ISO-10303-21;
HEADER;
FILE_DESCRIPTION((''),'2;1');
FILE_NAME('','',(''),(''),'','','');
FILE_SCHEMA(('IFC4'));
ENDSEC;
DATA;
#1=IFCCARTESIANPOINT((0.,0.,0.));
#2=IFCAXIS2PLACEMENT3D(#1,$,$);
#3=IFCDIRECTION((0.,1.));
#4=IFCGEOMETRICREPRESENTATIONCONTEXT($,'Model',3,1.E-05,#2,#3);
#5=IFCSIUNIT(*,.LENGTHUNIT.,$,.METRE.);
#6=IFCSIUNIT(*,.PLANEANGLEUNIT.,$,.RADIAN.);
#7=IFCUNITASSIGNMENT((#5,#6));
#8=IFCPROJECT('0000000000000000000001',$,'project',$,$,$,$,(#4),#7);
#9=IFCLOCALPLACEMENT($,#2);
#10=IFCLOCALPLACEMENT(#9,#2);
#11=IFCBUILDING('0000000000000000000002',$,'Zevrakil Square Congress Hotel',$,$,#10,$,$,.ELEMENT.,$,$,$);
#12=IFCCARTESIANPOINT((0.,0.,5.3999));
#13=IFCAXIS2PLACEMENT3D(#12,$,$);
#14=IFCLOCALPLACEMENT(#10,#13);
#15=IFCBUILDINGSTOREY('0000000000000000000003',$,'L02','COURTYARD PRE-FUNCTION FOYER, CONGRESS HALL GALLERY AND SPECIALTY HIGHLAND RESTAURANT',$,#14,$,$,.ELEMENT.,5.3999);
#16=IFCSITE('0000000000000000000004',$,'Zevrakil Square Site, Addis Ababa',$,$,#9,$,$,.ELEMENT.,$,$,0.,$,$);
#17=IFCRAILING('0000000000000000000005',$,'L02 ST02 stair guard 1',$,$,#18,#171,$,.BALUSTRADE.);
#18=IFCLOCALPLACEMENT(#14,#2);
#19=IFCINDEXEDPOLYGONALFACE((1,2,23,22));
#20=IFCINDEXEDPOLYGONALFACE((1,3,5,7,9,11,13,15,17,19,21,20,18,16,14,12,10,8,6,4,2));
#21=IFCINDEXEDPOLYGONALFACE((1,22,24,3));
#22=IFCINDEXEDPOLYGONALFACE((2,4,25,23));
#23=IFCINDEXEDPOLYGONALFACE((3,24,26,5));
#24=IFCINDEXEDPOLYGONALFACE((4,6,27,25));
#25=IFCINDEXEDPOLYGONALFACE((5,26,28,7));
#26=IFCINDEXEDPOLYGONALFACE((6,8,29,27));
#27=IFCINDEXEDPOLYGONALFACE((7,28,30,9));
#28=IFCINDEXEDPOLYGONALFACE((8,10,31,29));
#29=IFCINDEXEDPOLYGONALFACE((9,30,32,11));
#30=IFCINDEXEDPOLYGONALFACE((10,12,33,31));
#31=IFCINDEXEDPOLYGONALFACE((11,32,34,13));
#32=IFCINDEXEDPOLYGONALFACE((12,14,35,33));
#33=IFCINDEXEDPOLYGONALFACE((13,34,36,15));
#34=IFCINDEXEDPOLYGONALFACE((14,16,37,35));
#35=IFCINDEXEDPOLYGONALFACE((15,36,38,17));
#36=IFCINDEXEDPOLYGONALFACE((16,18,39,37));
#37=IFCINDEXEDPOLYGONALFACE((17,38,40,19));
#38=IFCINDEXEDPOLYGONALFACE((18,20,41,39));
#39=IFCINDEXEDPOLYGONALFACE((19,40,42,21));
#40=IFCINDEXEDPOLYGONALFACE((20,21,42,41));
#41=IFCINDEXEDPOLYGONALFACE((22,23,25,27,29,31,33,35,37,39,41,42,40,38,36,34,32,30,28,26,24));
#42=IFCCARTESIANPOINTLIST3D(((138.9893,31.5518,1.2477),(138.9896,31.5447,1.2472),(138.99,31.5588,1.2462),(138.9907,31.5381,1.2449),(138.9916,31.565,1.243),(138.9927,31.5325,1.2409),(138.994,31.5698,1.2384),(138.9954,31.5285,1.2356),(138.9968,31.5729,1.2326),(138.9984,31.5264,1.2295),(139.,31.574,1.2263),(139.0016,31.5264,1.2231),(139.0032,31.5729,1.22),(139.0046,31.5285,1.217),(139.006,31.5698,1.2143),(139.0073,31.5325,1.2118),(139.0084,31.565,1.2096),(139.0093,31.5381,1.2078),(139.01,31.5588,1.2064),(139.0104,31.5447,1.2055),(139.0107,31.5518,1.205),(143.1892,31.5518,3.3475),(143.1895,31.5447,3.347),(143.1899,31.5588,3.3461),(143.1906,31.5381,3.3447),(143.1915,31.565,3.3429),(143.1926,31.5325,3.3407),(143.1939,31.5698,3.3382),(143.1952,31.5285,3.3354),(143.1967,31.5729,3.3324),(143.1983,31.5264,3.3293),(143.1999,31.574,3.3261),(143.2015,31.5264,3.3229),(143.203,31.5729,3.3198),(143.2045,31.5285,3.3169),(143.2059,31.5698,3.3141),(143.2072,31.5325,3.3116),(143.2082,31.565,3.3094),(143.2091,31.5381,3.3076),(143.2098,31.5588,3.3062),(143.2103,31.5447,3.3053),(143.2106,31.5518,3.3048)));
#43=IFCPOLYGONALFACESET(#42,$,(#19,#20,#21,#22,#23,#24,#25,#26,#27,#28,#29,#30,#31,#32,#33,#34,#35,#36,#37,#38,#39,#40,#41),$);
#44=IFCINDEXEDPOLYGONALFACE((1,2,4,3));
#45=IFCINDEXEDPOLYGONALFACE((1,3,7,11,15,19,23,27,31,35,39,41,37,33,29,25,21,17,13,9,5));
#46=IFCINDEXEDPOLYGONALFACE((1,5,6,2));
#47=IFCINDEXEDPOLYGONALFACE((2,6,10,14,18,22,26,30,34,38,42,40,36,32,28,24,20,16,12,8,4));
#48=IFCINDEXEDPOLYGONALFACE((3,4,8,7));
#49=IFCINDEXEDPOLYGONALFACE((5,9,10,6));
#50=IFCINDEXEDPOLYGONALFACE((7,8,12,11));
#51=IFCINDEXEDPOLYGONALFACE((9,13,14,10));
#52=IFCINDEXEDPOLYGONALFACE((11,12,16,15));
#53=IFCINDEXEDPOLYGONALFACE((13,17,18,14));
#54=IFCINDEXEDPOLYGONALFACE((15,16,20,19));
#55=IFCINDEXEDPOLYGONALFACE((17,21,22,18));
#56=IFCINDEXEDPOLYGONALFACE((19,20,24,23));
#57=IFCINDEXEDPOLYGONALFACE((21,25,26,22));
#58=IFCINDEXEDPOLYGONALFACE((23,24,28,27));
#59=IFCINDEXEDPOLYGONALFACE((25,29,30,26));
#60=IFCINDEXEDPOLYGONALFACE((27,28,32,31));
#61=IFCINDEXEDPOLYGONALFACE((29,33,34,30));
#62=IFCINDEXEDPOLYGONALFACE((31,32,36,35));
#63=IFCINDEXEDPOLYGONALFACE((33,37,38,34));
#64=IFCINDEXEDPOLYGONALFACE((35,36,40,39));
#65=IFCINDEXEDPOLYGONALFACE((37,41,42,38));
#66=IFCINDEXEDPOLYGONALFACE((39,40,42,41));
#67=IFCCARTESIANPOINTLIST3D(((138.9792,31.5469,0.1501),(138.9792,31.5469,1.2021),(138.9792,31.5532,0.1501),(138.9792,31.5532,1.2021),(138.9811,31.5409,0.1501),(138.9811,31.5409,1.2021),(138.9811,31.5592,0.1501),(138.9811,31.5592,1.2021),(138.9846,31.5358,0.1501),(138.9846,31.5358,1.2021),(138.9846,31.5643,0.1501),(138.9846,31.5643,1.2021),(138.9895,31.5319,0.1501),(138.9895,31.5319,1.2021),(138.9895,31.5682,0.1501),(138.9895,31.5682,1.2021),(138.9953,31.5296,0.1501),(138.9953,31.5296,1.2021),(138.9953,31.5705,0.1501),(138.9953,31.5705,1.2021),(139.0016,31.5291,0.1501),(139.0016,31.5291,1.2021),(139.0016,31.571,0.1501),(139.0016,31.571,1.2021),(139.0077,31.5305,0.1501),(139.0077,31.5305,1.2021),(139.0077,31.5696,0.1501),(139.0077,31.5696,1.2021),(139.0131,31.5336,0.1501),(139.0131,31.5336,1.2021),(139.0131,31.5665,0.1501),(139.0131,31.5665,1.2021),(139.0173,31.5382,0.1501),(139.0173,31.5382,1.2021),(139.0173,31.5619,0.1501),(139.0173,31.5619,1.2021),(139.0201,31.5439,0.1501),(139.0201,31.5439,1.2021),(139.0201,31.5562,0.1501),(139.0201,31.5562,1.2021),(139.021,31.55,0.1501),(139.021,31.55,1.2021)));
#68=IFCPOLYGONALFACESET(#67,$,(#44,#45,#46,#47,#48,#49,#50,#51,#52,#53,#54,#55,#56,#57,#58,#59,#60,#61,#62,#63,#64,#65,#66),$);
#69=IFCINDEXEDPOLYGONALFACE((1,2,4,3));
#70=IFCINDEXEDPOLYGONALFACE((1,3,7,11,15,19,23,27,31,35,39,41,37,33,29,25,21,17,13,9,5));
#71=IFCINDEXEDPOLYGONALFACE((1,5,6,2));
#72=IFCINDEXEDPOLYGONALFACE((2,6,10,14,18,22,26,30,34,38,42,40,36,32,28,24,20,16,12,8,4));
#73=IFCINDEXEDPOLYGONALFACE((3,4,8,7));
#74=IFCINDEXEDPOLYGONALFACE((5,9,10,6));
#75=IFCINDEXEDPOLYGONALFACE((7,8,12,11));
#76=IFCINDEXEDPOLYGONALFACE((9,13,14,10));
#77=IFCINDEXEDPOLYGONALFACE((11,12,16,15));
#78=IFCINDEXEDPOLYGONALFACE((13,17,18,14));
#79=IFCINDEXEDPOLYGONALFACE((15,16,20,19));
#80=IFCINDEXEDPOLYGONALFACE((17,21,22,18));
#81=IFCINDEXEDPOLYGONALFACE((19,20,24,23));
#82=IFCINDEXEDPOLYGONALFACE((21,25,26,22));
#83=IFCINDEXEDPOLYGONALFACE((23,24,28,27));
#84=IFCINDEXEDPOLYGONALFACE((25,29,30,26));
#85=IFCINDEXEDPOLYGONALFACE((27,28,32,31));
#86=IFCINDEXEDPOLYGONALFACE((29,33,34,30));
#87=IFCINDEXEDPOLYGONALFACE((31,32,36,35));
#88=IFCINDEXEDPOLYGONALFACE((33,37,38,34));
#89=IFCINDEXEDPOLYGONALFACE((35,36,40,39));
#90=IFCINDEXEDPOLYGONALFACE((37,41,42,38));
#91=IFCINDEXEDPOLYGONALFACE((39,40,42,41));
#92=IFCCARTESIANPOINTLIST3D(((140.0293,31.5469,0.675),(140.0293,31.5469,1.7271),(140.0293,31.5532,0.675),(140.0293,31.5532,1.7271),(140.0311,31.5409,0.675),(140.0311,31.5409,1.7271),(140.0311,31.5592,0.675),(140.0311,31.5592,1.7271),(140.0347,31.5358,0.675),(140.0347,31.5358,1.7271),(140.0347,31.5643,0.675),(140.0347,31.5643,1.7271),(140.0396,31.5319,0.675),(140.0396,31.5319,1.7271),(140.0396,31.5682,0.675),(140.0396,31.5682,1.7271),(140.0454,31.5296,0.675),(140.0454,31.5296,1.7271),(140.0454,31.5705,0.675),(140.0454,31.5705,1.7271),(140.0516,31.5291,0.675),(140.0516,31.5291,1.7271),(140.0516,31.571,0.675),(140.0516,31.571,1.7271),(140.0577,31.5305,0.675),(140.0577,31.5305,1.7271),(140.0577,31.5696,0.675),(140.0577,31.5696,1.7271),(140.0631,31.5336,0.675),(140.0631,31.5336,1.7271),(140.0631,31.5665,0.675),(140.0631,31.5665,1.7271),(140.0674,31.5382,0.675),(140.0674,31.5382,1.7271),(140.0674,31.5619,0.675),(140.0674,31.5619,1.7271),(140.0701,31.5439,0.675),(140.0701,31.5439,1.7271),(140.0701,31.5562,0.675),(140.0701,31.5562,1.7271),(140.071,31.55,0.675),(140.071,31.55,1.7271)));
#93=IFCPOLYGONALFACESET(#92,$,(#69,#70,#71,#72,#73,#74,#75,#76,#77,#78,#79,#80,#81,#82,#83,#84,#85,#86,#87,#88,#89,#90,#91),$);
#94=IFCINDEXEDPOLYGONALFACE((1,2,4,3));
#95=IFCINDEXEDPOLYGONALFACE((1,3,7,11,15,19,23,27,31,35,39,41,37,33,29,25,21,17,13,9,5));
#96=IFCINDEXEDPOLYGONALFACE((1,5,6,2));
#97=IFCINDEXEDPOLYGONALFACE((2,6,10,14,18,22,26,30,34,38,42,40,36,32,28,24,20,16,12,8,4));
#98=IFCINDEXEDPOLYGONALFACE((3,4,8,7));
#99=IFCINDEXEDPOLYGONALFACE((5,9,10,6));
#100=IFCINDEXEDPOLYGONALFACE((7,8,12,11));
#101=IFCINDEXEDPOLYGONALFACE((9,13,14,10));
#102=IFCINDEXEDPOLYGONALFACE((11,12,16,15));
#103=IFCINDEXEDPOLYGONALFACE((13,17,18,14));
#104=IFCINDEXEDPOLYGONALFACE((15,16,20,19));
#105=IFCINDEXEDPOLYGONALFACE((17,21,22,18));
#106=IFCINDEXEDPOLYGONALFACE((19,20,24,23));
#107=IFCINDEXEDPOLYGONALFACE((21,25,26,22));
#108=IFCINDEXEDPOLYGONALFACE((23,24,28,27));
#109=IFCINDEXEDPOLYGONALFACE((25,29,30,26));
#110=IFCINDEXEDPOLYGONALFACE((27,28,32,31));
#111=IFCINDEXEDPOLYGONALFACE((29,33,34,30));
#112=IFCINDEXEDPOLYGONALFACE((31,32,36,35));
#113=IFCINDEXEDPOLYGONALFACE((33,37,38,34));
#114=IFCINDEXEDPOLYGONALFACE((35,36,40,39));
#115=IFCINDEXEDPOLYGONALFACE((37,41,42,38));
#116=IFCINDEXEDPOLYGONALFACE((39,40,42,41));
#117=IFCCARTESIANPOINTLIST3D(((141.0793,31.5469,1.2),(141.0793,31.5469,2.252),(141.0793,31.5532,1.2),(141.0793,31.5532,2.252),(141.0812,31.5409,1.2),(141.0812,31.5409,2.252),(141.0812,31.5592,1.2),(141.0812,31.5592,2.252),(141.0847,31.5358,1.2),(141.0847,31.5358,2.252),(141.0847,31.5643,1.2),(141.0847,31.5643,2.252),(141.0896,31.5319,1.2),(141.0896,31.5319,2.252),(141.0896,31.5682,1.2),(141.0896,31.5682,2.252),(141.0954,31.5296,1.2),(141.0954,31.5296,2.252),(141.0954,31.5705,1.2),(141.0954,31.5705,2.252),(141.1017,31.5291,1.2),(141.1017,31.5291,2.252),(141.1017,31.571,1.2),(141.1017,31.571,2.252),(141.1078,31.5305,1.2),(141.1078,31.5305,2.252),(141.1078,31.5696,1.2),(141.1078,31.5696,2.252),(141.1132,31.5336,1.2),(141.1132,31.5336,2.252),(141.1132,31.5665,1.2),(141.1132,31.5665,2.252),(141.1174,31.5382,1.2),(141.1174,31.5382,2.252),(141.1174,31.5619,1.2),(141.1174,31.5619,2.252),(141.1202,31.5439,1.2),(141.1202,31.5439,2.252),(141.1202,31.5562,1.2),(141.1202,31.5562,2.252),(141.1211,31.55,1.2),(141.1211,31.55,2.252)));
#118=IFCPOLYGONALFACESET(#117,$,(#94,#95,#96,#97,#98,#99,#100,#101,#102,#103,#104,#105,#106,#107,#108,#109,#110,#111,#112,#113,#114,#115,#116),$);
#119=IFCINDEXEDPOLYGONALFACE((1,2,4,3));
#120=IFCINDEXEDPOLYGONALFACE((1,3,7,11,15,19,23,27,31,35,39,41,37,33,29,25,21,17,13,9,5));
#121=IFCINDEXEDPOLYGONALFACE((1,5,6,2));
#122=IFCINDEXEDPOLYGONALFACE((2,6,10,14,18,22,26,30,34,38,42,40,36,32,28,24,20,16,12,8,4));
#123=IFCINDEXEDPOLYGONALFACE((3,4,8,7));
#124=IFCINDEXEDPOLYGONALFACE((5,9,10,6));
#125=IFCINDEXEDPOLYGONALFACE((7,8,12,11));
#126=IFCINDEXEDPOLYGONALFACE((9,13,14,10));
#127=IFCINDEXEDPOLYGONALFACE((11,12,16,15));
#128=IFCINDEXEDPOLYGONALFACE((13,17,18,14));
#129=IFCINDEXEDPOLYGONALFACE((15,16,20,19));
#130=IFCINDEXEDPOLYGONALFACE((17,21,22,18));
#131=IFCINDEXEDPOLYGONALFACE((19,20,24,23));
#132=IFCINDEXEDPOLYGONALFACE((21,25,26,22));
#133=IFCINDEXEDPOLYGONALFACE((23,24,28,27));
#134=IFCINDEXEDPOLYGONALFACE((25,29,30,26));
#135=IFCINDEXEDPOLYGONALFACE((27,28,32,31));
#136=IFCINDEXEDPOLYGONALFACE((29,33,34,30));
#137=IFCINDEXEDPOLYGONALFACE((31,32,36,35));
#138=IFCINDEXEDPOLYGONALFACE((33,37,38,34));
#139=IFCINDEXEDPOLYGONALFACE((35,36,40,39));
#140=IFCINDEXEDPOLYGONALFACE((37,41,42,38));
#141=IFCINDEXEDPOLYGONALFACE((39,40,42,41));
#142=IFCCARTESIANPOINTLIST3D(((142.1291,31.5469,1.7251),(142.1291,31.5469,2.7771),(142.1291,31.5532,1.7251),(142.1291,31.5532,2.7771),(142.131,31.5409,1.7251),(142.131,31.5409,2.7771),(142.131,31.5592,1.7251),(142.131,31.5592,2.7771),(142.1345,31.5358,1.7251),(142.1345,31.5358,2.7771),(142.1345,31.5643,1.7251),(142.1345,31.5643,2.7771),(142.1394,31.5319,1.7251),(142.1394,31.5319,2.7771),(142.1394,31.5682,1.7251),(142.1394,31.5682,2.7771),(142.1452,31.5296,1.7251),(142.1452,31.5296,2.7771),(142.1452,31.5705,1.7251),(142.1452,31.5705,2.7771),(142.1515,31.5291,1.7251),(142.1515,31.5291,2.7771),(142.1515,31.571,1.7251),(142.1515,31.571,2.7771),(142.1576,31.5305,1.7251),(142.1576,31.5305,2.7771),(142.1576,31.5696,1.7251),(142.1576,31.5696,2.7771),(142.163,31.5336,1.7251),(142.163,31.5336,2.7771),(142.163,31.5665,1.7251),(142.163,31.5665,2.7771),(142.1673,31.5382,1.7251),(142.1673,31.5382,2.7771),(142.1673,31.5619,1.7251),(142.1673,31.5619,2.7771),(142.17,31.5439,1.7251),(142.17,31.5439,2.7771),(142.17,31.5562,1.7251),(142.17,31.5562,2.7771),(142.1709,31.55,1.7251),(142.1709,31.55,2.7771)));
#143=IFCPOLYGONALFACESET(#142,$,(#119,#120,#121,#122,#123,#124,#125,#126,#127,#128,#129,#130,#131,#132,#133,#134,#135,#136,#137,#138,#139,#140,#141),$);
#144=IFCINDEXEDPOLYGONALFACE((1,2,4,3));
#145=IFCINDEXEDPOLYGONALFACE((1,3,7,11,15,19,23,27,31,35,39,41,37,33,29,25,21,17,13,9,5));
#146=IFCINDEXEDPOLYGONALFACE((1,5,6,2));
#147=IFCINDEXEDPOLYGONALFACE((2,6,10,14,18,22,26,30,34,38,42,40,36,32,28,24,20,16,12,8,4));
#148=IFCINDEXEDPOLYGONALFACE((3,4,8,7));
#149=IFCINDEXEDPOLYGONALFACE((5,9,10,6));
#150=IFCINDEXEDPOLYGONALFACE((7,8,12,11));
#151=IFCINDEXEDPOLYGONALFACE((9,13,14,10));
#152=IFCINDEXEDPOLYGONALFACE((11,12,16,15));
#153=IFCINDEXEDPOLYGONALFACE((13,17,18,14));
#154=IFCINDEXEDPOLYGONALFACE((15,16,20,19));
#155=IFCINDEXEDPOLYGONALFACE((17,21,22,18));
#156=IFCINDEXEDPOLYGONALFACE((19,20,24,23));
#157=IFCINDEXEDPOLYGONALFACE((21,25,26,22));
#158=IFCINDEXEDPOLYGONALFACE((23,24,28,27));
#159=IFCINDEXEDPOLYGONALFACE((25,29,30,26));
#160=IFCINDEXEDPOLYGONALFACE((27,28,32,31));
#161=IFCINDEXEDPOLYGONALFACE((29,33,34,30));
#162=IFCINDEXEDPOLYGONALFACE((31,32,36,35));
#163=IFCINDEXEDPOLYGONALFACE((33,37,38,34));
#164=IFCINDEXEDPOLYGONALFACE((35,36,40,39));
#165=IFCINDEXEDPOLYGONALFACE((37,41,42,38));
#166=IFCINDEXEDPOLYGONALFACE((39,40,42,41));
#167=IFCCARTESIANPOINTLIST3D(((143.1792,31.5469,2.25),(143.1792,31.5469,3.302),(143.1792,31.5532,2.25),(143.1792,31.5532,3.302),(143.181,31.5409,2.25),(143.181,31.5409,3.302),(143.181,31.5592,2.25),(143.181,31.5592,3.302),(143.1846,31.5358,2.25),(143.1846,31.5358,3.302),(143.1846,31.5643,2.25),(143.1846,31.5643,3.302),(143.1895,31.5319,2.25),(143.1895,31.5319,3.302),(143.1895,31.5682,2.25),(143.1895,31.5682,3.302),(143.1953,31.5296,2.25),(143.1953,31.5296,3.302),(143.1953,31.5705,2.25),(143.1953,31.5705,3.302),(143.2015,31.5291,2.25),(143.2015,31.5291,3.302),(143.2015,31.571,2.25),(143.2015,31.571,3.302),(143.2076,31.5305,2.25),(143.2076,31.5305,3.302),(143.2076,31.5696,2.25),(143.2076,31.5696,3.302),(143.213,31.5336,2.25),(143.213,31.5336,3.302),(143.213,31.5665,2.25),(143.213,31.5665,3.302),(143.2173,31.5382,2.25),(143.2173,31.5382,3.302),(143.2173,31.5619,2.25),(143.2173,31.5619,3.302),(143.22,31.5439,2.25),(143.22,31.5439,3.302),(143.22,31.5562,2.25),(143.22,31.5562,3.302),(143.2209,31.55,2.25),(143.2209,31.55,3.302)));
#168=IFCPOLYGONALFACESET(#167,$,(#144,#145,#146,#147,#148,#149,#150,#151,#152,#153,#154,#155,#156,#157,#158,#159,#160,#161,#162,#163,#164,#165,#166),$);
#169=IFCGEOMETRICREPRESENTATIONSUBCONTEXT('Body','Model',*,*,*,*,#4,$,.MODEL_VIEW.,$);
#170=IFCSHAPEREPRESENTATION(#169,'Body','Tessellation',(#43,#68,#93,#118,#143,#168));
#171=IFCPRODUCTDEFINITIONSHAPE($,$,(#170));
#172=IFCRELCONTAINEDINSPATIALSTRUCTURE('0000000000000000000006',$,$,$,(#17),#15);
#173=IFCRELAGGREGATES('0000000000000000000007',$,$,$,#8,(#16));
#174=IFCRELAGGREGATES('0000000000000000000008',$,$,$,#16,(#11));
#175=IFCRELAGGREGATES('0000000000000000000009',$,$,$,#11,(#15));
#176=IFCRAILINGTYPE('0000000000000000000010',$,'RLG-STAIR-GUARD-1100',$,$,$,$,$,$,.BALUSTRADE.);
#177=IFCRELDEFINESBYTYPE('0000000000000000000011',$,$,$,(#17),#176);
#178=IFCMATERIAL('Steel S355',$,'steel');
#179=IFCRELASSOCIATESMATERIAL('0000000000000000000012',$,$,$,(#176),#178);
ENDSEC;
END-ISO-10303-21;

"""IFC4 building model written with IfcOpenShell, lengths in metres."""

from ifc_helpers import new_model, si_unit, direction, frame, origin, origin_2d, place, context, subcontext, project, spatial, circle, extrude, material, type_object, element, save


model = new_model("IFC4")

# Units and contexts
model_context = context("Model", 3, precision=1e-05, world=origin(), true_north=direction((0.0, 1.0)))
body_context = subcontext(model_context, "Body", "Model", "MODEL_VIEW")
ifc_project = project(units=[si_unit("LENGTHUNIT", "METRE"), si_unit("PLANEANGLEUNIT", "RADIAN")], contexts=[model_context])

# Site, building, storey
site_placement = place(None, origin())
site = spatial("IfcSite", under=ifc_project, at=site_placement, Name="Zevrakil Square Site, Addis Ababa", CompositionType="ELEMENT", RefElevation=0.0)
building_placement = place(site_placement, origin())
building = spatial("IfcBuilding", under=site, at=building_placement, Name="Zevrakil Square Congress Hotel", CompositionType="ELEMENT")
storey_placement = place(building_placement, frame((0.0, 0.0, 5.3999)))
storey = spatial("IfcBuildingStorey", under=building, at=storey_placement, Name="L02", Description="COURTYARD PRE-FUNCTION FOYER, CONGRESS HALL GALLERY AND SPECIALTY HIGHLAND RESTAURANT", CompositionType="ELEMENT", Elevation=5.3999)

# Railing
ifc_material_1 = material(Name="Steel S355", Category="steel")
railing_type_1 = type_object("IfcRailingType", Name="RLG-STAIR-GUARD-1100", PredefinedType="BALUSTRADE", material=ifc_material_1)
railing_1_placement = place(storey_placement, frame((139.0, 31.55, 0.1501)))
element("IfcRailing", 1, at=railing_1_placement, inside=storey, type_object=railing_type_1, Name="L02 ST02 stair guard 1", PredefinedType="BALUSTRADE", context=body_context, shape_type="SweptSolid", body=[
    extrude(circle(Radius=0.0239, at=origin_2d()), frame((0.0, 0.0, 1.0762), z_axis=(0.894438, 0.0, 0.447193), x_axis=(0.0, 1.0, 0.0)), (0.0, 0.0, 1.0), 4.6956),
    extrude(circle(Radius=0.021, at=origin_2d()), origin(), (0.0, 0.0, 1.0), 1.052),
    extrude(circle(Radius=0.021, at=origin_2d()), frame((1.05, 0.0, 0.5249)), (0.0, 0.0, 1.0), 1.052),
    extrude(circle(Radius=0.021, at=origin_2d()), frame((2.1001, 0.0, 1.0498)), (0.0, 0.0, 1.0), 1.052),
    extrude(circle(Radius=0.021, at=origin_2d()), frame((3.1499, 0.0, 1.575)), (0.0, 0.0, 1.0), 1.052),
    extrude(circle(Radius=0.021, at=origin_2d()), frame((4.2, 0.0, 2.0999)), (0.0, 0.0, 1.0), 1.052),
])

save(model, "model.ifc")
